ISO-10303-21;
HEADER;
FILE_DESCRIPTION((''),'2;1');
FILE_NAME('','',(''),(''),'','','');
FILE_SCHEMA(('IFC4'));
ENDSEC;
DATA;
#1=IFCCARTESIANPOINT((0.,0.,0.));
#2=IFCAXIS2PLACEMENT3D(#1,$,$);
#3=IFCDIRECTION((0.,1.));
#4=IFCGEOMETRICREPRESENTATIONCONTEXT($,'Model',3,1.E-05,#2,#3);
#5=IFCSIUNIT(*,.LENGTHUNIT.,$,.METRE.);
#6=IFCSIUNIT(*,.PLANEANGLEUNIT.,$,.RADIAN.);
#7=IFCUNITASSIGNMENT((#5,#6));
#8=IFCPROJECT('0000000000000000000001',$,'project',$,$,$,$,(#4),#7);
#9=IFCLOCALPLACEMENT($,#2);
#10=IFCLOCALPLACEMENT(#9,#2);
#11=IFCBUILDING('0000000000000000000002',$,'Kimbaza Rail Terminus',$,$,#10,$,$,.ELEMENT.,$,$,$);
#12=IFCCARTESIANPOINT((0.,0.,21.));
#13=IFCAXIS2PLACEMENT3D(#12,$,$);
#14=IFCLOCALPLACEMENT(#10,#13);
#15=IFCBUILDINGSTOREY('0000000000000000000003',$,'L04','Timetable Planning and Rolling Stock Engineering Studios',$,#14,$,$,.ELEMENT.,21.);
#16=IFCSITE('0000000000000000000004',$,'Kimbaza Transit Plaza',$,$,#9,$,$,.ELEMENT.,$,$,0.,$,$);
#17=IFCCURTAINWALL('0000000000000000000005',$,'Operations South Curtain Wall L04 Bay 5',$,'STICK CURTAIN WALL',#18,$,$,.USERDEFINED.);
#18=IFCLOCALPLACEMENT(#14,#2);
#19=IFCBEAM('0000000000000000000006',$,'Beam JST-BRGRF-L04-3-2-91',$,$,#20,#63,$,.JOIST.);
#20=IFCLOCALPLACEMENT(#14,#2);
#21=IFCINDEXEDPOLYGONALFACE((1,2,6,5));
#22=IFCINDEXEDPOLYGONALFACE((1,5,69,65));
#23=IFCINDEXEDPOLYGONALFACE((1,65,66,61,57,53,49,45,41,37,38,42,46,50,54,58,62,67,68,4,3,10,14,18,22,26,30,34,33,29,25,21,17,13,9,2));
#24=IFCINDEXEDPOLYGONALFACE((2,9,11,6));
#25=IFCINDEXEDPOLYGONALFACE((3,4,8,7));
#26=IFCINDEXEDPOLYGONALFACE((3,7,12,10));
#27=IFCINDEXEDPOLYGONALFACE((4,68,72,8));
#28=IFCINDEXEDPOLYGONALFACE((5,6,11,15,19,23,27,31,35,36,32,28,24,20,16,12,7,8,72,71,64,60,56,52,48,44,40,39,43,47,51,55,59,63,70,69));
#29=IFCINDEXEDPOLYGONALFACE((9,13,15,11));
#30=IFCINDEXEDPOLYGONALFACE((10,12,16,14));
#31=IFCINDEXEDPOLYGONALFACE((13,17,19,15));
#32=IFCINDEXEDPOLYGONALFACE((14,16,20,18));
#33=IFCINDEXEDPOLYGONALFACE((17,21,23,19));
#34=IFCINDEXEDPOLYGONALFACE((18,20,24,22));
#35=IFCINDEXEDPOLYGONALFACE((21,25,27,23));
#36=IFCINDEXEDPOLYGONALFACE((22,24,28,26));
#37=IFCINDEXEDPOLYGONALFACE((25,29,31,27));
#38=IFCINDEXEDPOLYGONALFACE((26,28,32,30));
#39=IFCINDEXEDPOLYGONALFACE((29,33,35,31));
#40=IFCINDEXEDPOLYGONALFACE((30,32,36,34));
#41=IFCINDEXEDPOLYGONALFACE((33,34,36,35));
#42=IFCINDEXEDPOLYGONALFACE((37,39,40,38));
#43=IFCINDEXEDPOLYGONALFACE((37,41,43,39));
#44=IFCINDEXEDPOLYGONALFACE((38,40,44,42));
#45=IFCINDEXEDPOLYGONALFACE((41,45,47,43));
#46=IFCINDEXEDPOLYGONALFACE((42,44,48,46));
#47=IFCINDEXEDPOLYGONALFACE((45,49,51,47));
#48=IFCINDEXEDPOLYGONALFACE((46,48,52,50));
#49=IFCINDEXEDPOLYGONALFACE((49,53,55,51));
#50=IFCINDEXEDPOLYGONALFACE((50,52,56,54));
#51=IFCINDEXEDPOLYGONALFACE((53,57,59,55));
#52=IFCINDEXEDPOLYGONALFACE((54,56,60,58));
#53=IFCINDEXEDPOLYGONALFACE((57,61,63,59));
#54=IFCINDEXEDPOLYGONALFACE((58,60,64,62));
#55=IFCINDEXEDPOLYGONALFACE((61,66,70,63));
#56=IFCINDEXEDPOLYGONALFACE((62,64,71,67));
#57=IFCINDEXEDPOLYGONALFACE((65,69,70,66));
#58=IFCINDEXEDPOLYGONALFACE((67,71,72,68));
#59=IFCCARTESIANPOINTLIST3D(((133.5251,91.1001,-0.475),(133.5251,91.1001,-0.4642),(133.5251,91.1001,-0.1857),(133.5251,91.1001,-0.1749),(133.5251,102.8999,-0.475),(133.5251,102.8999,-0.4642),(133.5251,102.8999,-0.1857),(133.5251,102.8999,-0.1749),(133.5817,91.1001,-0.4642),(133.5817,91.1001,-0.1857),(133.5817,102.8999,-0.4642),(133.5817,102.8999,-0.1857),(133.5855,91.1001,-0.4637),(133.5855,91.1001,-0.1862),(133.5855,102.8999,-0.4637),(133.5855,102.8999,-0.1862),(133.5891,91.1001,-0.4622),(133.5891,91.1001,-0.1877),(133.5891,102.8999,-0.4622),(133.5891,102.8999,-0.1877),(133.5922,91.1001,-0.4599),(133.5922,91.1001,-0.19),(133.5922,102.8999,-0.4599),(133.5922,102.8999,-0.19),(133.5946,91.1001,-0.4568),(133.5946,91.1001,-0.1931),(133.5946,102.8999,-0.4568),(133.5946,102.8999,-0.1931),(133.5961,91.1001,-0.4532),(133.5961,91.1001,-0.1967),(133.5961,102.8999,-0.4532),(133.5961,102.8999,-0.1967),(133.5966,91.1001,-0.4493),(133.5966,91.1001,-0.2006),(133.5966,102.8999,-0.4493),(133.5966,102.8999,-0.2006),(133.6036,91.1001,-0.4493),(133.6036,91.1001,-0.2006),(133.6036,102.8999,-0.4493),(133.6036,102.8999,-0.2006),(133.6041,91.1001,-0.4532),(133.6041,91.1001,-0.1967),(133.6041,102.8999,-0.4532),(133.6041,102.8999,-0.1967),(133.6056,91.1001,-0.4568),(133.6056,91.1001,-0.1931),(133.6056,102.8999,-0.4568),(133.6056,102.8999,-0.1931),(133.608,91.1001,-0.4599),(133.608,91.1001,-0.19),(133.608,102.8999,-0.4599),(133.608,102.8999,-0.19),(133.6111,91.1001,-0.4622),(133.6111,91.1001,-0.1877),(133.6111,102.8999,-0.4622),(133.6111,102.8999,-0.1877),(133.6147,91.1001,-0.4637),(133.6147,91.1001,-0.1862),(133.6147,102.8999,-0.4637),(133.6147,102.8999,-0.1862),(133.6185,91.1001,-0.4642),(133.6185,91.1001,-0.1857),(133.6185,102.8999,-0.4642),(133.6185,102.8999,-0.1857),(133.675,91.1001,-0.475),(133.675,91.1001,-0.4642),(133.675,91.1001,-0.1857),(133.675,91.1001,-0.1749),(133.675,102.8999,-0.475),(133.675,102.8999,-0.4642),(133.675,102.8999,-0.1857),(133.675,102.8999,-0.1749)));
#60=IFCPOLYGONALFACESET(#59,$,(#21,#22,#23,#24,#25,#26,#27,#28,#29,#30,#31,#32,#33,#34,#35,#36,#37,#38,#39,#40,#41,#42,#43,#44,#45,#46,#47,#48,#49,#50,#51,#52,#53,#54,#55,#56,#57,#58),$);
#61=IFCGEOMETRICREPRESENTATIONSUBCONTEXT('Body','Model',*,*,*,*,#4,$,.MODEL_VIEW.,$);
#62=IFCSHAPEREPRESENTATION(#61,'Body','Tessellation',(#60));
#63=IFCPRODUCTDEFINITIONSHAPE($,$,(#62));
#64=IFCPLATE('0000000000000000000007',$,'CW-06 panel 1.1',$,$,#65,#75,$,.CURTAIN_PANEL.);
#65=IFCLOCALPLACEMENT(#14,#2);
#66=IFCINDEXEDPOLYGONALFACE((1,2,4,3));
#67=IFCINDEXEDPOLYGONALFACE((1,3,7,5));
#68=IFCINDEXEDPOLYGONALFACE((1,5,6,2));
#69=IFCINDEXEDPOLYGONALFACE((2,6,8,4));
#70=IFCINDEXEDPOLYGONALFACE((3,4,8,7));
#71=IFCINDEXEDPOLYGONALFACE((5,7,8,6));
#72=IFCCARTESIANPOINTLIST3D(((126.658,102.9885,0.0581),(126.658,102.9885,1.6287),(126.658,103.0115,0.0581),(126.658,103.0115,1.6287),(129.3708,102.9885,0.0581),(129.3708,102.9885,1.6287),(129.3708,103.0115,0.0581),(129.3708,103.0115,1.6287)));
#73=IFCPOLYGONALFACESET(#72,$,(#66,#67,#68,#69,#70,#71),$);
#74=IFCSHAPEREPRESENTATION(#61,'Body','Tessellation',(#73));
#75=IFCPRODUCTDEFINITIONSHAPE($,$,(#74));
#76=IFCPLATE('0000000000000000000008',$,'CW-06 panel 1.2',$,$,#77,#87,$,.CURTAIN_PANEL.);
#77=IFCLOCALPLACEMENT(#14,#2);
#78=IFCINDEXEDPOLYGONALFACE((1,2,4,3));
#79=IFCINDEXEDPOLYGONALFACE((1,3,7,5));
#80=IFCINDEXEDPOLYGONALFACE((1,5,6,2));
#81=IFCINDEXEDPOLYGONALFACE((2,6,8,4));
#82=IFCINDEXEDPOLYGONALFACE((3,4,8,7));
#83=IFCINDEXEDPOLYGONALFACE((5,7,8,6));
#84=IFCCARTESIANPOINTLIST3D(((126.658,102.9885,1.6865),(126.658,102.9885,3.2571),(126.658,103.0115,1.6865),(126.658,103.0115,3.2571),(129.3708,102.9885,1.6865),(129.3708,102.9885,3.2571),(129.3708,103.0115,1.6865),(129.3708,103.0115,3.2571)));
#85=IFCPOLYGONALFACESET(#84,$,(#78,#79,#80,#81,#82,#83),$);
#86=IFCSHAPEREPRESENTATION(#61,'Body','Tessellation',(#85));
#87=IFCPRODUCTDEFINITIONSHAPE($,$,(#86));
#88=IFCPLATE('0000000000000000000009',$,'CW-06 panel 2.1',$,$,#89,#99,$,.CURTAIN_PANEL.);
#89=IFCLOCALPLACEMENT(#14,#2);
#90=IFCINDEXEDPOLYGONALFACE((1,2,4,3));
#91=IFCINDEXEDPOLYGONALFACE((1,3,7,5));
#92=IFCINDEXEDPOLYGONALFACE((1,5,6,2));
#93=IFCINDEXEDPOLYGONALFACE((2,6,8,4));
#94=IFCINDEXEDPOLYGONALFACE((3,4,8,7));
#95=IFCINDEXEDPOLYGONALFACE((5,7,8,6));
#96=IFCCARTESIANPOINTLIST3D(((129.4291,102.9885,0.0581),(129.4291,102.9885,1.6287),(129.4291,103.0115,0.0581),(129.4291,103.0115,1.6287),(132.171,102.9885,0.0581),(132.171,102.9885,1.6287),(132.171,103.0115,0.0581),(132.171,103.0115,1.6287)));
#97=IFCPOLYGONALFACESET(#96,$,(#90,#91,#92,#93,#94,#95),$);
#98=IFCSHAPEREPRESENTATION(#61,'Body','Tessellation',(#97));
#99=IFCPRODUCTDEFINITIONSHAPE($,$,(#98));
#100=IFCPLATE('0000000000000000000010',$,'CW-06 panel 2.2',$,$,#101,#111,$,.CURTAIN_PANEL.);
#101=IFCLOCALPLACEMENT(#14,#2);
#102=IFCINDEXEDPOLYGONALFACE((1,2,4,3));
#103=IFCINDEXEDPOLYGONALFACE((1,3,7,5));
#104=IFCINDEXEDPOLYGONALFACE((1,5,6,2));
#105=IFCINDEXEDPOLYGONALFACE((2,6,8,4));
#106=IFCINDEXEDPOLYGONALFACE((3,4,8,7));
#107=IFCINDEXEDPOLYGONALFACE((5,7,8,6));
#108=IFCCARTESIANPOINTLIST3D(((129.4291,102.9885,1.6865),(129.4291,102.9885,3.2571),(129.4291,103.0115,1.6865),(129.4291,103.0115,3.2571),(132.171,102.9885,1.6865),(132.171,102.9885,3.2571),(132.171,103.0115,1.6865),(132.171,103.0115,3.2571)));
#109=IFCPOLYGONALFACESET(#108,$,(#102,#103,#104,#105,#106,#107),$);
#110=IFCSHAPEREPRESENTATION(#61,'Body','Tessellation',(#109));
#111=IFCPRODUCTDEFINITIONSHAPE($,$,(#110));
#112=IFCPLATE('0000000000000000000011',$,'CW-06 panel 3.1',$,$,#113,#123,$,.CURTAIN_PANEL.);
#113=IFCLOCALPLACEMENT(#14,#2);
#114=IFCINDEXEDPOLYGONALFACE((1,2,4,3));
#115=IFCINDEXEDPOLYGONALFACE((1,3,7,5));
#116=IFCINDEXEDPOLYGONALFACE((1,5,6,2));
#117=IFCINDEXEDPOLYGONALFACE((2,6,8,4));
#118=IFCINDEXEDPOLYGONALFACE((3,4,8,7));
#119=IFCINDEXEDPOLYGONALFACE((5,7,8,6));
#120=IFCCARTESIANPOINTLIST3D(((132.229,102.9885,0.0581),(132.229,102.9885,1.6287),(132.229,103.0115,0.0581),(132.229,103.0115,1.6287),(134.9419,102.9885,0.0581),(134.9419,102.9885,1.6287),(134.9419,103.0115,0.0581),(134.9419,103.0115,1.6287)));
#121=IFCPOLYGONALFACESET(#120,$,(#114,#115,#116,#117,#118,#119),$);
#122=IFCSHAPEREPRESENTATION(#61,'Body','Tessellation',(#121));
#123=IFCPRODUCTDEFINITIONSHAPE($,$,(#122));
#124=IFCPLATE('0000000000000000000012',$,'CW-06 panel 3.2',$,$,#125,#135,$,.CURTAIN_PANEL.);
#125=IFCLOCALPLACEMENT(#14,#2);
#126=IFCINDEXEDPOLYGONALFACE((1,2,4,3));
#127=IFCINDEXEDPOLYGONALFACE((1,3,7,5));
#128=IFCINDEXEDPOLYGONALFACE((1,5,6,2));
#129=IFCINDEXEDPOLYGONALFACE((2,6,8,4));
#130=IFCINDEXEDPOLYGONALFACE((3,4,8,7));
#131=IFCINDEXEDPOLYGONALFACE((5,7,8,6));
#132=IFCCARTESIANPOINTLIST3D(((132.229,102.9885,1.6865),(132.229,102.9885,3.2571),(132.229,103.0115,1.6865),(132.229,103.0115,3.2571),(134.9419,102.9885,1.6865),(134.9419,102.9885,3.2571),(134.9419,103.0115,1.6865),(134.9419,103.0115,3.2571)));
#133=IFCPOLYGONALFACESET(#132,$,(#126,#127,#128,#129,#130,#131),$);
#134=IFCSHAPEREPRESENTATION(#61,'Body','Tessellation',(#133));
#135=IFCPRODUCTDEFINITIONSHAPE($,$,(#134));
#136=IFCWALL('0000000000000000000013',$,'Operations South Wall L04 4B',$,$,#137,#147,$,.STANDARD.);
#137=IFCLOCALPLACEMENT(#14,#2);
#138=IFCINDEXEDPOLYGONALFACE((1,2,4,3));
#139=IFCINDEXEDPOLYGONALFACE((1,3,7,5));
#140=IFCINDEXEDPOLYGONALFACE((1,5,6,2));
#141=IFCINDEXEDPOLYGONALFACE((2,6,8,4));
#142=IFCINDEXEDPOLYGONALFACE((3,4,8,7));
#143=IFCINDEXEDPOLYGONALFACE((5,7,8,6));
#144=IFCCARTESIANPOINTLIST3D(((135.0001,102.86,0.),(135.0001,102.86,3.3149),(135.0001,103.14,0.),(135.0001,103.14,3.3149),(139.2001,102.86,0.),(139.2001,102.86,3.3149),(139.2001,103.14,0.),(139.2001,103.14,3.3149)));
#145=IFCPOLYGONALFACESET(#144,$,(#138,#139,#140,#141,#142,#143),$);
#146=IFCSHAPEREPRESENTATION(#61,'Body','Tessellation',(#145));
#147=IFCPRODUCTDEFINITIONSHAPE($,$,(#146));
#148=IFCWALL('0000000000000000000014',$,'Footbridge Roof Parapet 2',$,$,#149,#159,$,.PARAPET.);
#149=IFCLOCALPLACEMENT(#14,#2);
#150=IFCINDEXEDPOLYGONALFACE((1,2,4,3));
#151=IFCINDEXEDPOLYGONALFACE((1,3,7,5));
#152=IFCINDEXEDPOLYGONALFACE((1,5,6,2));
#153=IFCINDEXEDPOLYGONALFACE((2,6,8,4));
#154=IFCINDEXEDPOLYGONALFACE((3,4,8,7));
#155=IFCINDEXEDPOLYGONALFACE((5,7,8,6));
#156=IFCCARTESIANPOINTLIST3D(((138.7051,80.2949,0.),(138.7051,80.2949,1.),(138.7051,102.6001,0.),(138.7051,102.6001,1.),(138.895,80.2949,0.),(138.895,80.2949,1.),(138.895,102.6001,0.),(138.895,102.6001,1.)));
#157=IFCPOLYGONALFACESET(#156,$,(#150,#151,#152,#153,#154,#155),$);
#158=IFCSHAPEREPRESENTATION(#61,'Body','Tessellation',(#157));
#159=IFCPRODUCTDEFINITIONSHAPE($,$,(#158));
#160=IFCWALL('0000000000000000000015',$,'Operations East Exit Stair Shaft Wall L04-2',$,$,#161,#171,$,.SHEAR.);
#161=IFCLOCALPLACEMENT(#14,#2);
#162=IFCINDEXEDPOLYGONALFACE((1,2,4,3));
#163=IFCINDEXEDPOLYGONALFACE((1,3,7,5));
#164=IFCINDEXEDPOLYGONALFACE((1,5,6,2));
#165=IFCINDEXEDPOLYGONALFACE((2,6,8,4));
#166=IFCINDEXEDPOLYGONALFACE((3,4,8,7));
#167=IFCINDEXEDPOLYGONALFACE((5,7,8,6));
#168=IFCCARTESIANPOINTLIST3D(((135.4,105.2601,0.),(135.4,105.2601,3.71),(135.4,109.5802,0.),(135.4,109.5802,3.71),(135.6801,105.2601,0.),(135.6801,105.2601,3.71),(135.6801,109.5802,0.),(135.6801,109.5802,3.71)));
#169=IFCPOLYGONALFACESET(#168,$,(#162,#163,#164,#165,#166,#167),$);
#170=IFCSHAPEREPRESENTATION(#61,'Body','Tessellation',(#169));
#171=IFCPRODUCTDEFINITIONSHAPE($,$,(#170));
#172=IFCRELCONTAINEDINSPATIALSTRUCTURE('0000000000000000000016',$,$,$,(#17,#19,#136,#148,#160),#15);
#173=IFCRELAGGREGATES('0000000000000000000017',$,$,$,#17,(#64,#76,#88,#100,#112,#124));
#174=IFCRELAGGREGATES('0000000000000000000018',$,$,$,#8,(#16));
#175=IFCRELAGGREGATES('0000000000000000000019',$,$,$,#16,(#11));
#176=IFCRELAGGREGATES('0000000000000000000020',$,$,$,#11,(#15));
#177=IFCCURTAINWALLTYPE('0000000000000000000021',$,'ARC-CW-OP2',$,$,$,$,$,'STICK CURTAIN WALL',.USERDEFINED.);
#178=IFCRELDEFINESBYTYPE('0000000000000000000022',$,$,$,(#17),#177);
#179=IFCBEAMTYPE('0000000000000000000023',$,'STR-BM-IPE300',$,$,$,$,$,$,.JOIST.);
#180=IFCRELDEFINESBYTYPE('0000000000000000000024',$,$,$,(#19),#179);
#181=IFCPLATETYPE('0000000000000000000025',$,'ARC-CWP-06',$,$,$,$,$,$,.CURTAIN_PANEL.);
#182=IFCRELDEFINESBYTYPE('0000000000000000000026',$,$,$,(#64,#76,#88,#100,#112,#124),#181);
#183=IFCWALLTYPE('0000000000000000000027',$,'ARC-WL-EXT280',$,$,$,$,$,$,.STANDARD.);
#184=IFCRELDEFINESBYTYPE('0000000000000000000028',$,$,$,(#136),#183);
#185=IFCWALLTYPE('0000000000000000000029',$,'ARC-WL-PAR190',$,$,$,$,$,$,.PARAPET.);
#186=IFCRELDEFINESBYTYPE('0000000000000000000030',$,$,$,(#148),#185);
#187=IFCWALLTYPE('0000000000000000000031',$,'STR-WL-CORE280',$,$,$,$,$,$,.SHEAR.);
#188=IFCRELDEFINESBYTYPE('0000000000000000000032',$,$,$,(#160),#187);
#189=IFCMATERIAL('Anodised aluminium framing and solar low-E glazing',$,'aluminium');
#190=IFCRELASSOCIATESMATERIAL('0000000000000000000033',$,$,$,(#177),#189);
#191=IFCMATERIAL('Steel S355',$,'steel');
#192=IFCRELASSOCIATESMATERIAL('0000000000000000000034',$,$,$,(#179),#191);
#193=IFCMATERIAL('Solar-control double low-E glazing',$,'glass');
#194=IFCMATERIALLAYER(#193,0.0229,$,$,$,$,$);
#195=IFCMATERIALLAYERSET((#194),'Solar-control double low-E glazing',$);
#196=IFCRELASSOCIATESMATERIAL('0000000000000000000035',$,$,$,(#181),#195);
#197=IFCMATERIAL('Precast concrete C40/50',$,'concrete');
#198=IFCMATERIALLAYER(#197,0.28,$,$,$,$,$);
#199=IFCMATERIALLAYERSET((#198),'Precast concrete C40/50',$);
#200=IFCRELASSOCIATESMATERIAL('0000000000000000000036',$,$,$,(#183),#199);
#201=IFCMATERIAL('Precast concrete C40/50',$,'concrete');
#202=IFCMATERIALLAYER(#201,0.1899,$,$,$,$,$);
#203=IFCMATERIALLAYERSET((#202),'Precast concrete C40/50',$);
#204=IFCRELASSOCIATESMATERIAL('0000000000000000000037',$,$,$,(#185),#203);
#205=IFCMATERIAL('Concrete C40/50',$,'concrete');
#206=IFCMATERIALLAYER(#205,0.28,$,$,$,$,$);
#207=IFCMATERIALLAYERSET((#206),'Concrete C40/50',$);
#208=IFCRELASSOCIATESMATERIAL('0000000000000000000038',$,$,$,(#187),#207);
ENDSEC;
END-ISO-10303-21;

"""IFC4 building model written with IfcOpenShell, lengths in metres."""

from ifc_helpers import new_model, si_unit, direction, frame, frame_2d, origin, origin_2d, place, context, subcontext, project, spatial, rectangle, i_section, extrude, material, layer, layer_set, material_profile, profile_set, type_object, element, aggregate, save


model = new_model("IFC4")

# Units and contexts
model_context = context("Model", 3, precision=1e-05, world=origin(), true_north=direction((0.0, 1.0)))
body_context = subcontext(model_context, "Body", "Model", "MODEL_VIEW")
ifc_project = project(units=[si_unit("LENGTHUNIT", "METRE"), si_unit("PLANEANGLEUNIT", "RADIAN")], contexts=[model_context])

# Site, building, storey
site_placement = place(None, origin())
site = spatial("IfcSite", under=ifc_project, at=site_placement, Name="Kimbaza Transit Plaza", CompositionType="ELEMENT", RefElevation=0.0)
building_placement = place(site_placement, origin())
building = spatial("IfcBuilding", under=site, at=building_placement, Name="Kimbaza Rail Terminus", CompositionType="ELEMENT")
storey_placement = place(building_placement, frame((0.0, 0.0, 21.0)))
storey = spatial("IfcBuildingStorey", under=building, at=storey_placement, Name="L04", Description="Timetable Planning and Rolling Stock Engineering Studios", CompositionType="ELEMENT", Elevation=21.0)

# Curtain wall
ifc_material_1 = material(Name="Anodised aluminium framing and solar low-E glazing", Category="aluminium")
curtain_wall_type = type_object("IfcCurtainWallType", Name="ARC-CW-OP2", ElementType="STICK CURTAIN WALL", PredefinedType="USERDEFINED", material=ifc_material_1)
curtain_wall_placement = place(storey_placement, origin())
curtain_wall = element("IfcCurtainWall", 1, at=curtain_wall_placement, inside=storey, type_object=curtain_wall_type, Name="Operations South Curtain Wall L04 Bay 5", ObjectType="STICK CURTAIN WALL", PredefinedType="USERDEFINED")

# Beam
ifc_material_2 = material(Name="Steel S355", Category="steel")
ifc_material_profile_1 = material_profile(ifc_material_2, i_section(OverallWidth=0.1499, OverallDepth=0.3, WebThickness=0.0071, FlangeThickness=0.0107, FilletRadius=0.0149, at=origin_2d()), Name="IPE 300")
ifc_profile_set_1 = profile_set([ifc_material_profile_1], Name="Steel S355")
beam_type_1 = type_object("IfcBeamType", Name="STR-BM-IPE300", PredefinedType="JOIST", material=ifc_profile_set_1)
beam_1_placement = place(storey_placement, frame((133.6001, 91.1001, -0.325), z_axis=(0.0, 1.0, 0.0), x_axis=(-1.0, 0.0, 0.0)))
element("IfcBeam", 2, at=beam_1_placement, inside=storey, type_object=beam_type_1, Name="Beam JST-BRGRF-L04-3-2-91", PredefinedType="JOIST", context=body_context, shape_type="SweptSolid", body=[
    extrude(i_section(OverallWidth=0.1499, OverallDepth=0.3, WebThickness=0.0071, FlangeThickness=0.0107, FilletRadius=0.0149, at=origin_2d()), origin(), (0.0, 0.0, 1.0), 11.7998),
])

# Plates
ifc_material_3 = material(Name="Solar-control double low-E glazing", Category="glass")
ifc_layer_1 = layer(ifc_material_3, 0.0229)
ifc_layer_set_1 = layer_set([ifc_layer_1], Name="Solar-control double low-E glazing")
plate_type = type_object("IfcPlateType", Name="ARC-CWP-06", PredefinedType="CURTAIN_PANEL", material=ifc_layer_set_1)
plate_1_placement = place(storey_placement, frame((128.0144, 103.0, 0.0581), z_axis=(0.0, 0.0, 1.0), x_axis=(1.0, 0.0, 0.0)))
plate_1 = element("IfcPlate", 3, at=plate_1_placement, type_object=plate_type, Name="CW-06 panel 1.1", PredefinedType="CURTAIN_PANEL", context=body_context, shape_type="SweptSolid", body=[
    extrude(rectangle(XDim=2.7129, YDim=0.0229, at=origin_2d()), origin(), (0.0, 0.0, 1.0), 1.5706),
])
plate_2_placement = place(storey_placement, frame((128.0144, 103.0, 1.6865), z_axis=(0.0, 0.0, 1.0), x_axis=(1.0, 0.0, 0.0)))
plate_2 = element("IfcPlate", 4, at=plate_2_placement, type_object=plate_type, Name="CW-06 panel 1.2", PredefinedType="CURTAIN_PANEL", context=body_context, shape_type="SweptSolid", body=[
    extrude(rectangle(XDim=2.7129, YDim=0.0229, at=origin_2d()), origin(), (0.0, 0.0, 1.0), 1.5706),
])
plate_3_placement = place(storey_placement, frame((130.8, 103.0, 0.0581), z_axis=(0.0, 0.0, 1.0), x_axis=(1.0, 0.0, 0.0)))
plate_3 = element("IfcPlate", 5, at=plate_3_placement, type_object=plate_type, Name="CW-06 panel 2.1", PredefinedType="CURTAIN_PANEL", context=body_context, shape_type="SweptSolid", body=[
    extrude(rectangle(XDim=2.7419, YDim=0.0229, at=origin_2d()), origin(), (0.0, 0.0, 1.0), 1.5706),
])
plate_4_placement = place(storey_placement, frame((130.8, 103.0, 1.6865), z_axis=(0.0, 0.0, 1.0), x_axis=(1.0, 0.0, 0.0)))
plate_4 = element("IfcPlate", 6, at=plate_4_placement, type_object=plate_type, Name="CW-06 panel 2.2", PredefinedType="CURTAIN_PANEL", context=body_context, shape_type="SweptSolid", body=[
    extrude(rectangle(XDim=2.7419, YDim=0.0229, at=origin_2d()), origin(), (0.0, 0.0, 1.0), 1.5706),
])
plate_5_placement = place(storey_placement, frame((133.5854, 103.0, 0.0581), z_axis=(0.0, 0.0, 1.0), x_axis=(1.0, 0.0, 0.0)))
plate_5 = element("IfcPlate", 7, at=plate_5_placement, type_object=plate_type, Name="CW-06 panel 3.1", PredefinedType="CURTAIN_PANEL", context=body_context, shape_type="SweptSolid", body=[
    extrude(rectangle(XDim=2.7129, YDim=0.0229, at=origin_2d()), origin(), (0.0, 0.0, 1.0), 1.5706),
])
plate_6_placement = place(storey_placement, frame((133.5854, 103.0, 1.6865), z_axis=(0.0, 0.0, 1.0), x_axis=(1.0, 0.0, 0.0)))
plate_6 = element("IfcPlate", 8, at=plate_6_placement, type_object=plate_type, Name="CW-06 panel 3.2", PredefinedType="CURTAIN_PANEL", context=body_context, shape_type="SweptSolid", body=[
    extrude(rectangle(XDim=2.7129, YDim=0.0229, at=origin_2d()), origin(), (0.0, 0.0, 1.0), 1.5706),
])
aggregate(curtain_wall, [plate_1, plate_2, plate_3, plate_4, plate_5, plate_6])

# Walls
ifc_material_4 = material(Name="Precast concrete C40/50", Category="concrete")
ifc_layer_2 = layer(ifc_material_4, 0.28)
ifc_layer_set_2 = layer_set([ifc_layer_2], Name="Precast concrete C40/50")
wall_type_1 = type_object("IfcWallType", Name="ARC-WL-EXT280", PredefinedType="STANDARD", material=ifc_layer_set_2)
wall_1_placement = place(storey_placement, frame((135.0, 103.0, 0.0), z_axis=(0.0, 0.0, 1.0), x_axis=(1.0, 0.0, 0.0)))
element("IfcWall", 9, at=wall_1_placement, inside=storey, type_object=wall_type_1, Name="Operations South Wall L04 4B", PredefinedType="STANDARD", context=body_context, shape_type="SweptSolid", body=[
    extrude(rectangle(XDim=4.2, YDim=0.28, at=frame_2d((2.1001, 0.0))), origin(), (0.0, 0.0, 1.0), 3.3149),
])
ifc_material_5 = material(Name="Precast concrete C40/50", Category="concrete")
ifc_layer_3 = layer(ifc_material_5, 0.1899)
ifc_layer_set_3 = layer_set([ifc_layer_3], Name="Precast concrete C40/50")
wall_type_2 = type_object("IfcWallType", Name="ARC-WL-PAR190", PredefinedType="PARAPET", material=ifc_layer_set_3)
wall_2_placement = place(storey_placement, frame((138.8, 80.2949, 0.0), z_axis=(0.0, 0.0, 1.0), x_axis=(0.0, 1.0, 0.0)))
element("IfcWall", 10, at=wall_2_placement, inside=storey, type_object=wall_type_2, Name="Footbridge Roof Parapet 2", PredefinedType="PARAPET", context=body_context, shape_type="SweptSolid", body=[
    extrude(rectangle(XDim=22.3052, YDim=0.1899, at=frame_2d((11.1526, 0.0))), origin(), (0.0, 0.0, 1.0), 1.0),
])
ifc_material_6 = material(Name="Concrete C40/50", Category="concrete")
ifc_layer_4 = layer(ifc_material_6, 0.28)
ifc_layer_set_4 = layer_set([ifc_layer_4], Name="Concrete C40/50")
wall_type_3 = type_object("IfcWallType", Name="STR-WL-CORE280", PredefinedType="SHEAR", material=ifc_layer_set_4)
wall_3_placement = place(storey_placement, frame((135.54, 105.26, 0.0), z_axis=(0.0, 0.0, 1.0), x_axis=(0.0, 1.0, 0.0)))
element("IfcWall", 11, at=wall_3_placement, inside=storey, type_object=wall_type_3, Name="Operations East Exit Stair Shaft Wall L04-2", PredefinedType="SHEAR", context=body_context, shape_type="SweptSolid", body=[
    extrude(rectangle(XDim=4.3201, YDim=0.28, at=frame_2d((2.1602, 0.0))), origin(), (0.0, 0.0, 1.0), 3.71),
])

save(model, "model.ifc")
